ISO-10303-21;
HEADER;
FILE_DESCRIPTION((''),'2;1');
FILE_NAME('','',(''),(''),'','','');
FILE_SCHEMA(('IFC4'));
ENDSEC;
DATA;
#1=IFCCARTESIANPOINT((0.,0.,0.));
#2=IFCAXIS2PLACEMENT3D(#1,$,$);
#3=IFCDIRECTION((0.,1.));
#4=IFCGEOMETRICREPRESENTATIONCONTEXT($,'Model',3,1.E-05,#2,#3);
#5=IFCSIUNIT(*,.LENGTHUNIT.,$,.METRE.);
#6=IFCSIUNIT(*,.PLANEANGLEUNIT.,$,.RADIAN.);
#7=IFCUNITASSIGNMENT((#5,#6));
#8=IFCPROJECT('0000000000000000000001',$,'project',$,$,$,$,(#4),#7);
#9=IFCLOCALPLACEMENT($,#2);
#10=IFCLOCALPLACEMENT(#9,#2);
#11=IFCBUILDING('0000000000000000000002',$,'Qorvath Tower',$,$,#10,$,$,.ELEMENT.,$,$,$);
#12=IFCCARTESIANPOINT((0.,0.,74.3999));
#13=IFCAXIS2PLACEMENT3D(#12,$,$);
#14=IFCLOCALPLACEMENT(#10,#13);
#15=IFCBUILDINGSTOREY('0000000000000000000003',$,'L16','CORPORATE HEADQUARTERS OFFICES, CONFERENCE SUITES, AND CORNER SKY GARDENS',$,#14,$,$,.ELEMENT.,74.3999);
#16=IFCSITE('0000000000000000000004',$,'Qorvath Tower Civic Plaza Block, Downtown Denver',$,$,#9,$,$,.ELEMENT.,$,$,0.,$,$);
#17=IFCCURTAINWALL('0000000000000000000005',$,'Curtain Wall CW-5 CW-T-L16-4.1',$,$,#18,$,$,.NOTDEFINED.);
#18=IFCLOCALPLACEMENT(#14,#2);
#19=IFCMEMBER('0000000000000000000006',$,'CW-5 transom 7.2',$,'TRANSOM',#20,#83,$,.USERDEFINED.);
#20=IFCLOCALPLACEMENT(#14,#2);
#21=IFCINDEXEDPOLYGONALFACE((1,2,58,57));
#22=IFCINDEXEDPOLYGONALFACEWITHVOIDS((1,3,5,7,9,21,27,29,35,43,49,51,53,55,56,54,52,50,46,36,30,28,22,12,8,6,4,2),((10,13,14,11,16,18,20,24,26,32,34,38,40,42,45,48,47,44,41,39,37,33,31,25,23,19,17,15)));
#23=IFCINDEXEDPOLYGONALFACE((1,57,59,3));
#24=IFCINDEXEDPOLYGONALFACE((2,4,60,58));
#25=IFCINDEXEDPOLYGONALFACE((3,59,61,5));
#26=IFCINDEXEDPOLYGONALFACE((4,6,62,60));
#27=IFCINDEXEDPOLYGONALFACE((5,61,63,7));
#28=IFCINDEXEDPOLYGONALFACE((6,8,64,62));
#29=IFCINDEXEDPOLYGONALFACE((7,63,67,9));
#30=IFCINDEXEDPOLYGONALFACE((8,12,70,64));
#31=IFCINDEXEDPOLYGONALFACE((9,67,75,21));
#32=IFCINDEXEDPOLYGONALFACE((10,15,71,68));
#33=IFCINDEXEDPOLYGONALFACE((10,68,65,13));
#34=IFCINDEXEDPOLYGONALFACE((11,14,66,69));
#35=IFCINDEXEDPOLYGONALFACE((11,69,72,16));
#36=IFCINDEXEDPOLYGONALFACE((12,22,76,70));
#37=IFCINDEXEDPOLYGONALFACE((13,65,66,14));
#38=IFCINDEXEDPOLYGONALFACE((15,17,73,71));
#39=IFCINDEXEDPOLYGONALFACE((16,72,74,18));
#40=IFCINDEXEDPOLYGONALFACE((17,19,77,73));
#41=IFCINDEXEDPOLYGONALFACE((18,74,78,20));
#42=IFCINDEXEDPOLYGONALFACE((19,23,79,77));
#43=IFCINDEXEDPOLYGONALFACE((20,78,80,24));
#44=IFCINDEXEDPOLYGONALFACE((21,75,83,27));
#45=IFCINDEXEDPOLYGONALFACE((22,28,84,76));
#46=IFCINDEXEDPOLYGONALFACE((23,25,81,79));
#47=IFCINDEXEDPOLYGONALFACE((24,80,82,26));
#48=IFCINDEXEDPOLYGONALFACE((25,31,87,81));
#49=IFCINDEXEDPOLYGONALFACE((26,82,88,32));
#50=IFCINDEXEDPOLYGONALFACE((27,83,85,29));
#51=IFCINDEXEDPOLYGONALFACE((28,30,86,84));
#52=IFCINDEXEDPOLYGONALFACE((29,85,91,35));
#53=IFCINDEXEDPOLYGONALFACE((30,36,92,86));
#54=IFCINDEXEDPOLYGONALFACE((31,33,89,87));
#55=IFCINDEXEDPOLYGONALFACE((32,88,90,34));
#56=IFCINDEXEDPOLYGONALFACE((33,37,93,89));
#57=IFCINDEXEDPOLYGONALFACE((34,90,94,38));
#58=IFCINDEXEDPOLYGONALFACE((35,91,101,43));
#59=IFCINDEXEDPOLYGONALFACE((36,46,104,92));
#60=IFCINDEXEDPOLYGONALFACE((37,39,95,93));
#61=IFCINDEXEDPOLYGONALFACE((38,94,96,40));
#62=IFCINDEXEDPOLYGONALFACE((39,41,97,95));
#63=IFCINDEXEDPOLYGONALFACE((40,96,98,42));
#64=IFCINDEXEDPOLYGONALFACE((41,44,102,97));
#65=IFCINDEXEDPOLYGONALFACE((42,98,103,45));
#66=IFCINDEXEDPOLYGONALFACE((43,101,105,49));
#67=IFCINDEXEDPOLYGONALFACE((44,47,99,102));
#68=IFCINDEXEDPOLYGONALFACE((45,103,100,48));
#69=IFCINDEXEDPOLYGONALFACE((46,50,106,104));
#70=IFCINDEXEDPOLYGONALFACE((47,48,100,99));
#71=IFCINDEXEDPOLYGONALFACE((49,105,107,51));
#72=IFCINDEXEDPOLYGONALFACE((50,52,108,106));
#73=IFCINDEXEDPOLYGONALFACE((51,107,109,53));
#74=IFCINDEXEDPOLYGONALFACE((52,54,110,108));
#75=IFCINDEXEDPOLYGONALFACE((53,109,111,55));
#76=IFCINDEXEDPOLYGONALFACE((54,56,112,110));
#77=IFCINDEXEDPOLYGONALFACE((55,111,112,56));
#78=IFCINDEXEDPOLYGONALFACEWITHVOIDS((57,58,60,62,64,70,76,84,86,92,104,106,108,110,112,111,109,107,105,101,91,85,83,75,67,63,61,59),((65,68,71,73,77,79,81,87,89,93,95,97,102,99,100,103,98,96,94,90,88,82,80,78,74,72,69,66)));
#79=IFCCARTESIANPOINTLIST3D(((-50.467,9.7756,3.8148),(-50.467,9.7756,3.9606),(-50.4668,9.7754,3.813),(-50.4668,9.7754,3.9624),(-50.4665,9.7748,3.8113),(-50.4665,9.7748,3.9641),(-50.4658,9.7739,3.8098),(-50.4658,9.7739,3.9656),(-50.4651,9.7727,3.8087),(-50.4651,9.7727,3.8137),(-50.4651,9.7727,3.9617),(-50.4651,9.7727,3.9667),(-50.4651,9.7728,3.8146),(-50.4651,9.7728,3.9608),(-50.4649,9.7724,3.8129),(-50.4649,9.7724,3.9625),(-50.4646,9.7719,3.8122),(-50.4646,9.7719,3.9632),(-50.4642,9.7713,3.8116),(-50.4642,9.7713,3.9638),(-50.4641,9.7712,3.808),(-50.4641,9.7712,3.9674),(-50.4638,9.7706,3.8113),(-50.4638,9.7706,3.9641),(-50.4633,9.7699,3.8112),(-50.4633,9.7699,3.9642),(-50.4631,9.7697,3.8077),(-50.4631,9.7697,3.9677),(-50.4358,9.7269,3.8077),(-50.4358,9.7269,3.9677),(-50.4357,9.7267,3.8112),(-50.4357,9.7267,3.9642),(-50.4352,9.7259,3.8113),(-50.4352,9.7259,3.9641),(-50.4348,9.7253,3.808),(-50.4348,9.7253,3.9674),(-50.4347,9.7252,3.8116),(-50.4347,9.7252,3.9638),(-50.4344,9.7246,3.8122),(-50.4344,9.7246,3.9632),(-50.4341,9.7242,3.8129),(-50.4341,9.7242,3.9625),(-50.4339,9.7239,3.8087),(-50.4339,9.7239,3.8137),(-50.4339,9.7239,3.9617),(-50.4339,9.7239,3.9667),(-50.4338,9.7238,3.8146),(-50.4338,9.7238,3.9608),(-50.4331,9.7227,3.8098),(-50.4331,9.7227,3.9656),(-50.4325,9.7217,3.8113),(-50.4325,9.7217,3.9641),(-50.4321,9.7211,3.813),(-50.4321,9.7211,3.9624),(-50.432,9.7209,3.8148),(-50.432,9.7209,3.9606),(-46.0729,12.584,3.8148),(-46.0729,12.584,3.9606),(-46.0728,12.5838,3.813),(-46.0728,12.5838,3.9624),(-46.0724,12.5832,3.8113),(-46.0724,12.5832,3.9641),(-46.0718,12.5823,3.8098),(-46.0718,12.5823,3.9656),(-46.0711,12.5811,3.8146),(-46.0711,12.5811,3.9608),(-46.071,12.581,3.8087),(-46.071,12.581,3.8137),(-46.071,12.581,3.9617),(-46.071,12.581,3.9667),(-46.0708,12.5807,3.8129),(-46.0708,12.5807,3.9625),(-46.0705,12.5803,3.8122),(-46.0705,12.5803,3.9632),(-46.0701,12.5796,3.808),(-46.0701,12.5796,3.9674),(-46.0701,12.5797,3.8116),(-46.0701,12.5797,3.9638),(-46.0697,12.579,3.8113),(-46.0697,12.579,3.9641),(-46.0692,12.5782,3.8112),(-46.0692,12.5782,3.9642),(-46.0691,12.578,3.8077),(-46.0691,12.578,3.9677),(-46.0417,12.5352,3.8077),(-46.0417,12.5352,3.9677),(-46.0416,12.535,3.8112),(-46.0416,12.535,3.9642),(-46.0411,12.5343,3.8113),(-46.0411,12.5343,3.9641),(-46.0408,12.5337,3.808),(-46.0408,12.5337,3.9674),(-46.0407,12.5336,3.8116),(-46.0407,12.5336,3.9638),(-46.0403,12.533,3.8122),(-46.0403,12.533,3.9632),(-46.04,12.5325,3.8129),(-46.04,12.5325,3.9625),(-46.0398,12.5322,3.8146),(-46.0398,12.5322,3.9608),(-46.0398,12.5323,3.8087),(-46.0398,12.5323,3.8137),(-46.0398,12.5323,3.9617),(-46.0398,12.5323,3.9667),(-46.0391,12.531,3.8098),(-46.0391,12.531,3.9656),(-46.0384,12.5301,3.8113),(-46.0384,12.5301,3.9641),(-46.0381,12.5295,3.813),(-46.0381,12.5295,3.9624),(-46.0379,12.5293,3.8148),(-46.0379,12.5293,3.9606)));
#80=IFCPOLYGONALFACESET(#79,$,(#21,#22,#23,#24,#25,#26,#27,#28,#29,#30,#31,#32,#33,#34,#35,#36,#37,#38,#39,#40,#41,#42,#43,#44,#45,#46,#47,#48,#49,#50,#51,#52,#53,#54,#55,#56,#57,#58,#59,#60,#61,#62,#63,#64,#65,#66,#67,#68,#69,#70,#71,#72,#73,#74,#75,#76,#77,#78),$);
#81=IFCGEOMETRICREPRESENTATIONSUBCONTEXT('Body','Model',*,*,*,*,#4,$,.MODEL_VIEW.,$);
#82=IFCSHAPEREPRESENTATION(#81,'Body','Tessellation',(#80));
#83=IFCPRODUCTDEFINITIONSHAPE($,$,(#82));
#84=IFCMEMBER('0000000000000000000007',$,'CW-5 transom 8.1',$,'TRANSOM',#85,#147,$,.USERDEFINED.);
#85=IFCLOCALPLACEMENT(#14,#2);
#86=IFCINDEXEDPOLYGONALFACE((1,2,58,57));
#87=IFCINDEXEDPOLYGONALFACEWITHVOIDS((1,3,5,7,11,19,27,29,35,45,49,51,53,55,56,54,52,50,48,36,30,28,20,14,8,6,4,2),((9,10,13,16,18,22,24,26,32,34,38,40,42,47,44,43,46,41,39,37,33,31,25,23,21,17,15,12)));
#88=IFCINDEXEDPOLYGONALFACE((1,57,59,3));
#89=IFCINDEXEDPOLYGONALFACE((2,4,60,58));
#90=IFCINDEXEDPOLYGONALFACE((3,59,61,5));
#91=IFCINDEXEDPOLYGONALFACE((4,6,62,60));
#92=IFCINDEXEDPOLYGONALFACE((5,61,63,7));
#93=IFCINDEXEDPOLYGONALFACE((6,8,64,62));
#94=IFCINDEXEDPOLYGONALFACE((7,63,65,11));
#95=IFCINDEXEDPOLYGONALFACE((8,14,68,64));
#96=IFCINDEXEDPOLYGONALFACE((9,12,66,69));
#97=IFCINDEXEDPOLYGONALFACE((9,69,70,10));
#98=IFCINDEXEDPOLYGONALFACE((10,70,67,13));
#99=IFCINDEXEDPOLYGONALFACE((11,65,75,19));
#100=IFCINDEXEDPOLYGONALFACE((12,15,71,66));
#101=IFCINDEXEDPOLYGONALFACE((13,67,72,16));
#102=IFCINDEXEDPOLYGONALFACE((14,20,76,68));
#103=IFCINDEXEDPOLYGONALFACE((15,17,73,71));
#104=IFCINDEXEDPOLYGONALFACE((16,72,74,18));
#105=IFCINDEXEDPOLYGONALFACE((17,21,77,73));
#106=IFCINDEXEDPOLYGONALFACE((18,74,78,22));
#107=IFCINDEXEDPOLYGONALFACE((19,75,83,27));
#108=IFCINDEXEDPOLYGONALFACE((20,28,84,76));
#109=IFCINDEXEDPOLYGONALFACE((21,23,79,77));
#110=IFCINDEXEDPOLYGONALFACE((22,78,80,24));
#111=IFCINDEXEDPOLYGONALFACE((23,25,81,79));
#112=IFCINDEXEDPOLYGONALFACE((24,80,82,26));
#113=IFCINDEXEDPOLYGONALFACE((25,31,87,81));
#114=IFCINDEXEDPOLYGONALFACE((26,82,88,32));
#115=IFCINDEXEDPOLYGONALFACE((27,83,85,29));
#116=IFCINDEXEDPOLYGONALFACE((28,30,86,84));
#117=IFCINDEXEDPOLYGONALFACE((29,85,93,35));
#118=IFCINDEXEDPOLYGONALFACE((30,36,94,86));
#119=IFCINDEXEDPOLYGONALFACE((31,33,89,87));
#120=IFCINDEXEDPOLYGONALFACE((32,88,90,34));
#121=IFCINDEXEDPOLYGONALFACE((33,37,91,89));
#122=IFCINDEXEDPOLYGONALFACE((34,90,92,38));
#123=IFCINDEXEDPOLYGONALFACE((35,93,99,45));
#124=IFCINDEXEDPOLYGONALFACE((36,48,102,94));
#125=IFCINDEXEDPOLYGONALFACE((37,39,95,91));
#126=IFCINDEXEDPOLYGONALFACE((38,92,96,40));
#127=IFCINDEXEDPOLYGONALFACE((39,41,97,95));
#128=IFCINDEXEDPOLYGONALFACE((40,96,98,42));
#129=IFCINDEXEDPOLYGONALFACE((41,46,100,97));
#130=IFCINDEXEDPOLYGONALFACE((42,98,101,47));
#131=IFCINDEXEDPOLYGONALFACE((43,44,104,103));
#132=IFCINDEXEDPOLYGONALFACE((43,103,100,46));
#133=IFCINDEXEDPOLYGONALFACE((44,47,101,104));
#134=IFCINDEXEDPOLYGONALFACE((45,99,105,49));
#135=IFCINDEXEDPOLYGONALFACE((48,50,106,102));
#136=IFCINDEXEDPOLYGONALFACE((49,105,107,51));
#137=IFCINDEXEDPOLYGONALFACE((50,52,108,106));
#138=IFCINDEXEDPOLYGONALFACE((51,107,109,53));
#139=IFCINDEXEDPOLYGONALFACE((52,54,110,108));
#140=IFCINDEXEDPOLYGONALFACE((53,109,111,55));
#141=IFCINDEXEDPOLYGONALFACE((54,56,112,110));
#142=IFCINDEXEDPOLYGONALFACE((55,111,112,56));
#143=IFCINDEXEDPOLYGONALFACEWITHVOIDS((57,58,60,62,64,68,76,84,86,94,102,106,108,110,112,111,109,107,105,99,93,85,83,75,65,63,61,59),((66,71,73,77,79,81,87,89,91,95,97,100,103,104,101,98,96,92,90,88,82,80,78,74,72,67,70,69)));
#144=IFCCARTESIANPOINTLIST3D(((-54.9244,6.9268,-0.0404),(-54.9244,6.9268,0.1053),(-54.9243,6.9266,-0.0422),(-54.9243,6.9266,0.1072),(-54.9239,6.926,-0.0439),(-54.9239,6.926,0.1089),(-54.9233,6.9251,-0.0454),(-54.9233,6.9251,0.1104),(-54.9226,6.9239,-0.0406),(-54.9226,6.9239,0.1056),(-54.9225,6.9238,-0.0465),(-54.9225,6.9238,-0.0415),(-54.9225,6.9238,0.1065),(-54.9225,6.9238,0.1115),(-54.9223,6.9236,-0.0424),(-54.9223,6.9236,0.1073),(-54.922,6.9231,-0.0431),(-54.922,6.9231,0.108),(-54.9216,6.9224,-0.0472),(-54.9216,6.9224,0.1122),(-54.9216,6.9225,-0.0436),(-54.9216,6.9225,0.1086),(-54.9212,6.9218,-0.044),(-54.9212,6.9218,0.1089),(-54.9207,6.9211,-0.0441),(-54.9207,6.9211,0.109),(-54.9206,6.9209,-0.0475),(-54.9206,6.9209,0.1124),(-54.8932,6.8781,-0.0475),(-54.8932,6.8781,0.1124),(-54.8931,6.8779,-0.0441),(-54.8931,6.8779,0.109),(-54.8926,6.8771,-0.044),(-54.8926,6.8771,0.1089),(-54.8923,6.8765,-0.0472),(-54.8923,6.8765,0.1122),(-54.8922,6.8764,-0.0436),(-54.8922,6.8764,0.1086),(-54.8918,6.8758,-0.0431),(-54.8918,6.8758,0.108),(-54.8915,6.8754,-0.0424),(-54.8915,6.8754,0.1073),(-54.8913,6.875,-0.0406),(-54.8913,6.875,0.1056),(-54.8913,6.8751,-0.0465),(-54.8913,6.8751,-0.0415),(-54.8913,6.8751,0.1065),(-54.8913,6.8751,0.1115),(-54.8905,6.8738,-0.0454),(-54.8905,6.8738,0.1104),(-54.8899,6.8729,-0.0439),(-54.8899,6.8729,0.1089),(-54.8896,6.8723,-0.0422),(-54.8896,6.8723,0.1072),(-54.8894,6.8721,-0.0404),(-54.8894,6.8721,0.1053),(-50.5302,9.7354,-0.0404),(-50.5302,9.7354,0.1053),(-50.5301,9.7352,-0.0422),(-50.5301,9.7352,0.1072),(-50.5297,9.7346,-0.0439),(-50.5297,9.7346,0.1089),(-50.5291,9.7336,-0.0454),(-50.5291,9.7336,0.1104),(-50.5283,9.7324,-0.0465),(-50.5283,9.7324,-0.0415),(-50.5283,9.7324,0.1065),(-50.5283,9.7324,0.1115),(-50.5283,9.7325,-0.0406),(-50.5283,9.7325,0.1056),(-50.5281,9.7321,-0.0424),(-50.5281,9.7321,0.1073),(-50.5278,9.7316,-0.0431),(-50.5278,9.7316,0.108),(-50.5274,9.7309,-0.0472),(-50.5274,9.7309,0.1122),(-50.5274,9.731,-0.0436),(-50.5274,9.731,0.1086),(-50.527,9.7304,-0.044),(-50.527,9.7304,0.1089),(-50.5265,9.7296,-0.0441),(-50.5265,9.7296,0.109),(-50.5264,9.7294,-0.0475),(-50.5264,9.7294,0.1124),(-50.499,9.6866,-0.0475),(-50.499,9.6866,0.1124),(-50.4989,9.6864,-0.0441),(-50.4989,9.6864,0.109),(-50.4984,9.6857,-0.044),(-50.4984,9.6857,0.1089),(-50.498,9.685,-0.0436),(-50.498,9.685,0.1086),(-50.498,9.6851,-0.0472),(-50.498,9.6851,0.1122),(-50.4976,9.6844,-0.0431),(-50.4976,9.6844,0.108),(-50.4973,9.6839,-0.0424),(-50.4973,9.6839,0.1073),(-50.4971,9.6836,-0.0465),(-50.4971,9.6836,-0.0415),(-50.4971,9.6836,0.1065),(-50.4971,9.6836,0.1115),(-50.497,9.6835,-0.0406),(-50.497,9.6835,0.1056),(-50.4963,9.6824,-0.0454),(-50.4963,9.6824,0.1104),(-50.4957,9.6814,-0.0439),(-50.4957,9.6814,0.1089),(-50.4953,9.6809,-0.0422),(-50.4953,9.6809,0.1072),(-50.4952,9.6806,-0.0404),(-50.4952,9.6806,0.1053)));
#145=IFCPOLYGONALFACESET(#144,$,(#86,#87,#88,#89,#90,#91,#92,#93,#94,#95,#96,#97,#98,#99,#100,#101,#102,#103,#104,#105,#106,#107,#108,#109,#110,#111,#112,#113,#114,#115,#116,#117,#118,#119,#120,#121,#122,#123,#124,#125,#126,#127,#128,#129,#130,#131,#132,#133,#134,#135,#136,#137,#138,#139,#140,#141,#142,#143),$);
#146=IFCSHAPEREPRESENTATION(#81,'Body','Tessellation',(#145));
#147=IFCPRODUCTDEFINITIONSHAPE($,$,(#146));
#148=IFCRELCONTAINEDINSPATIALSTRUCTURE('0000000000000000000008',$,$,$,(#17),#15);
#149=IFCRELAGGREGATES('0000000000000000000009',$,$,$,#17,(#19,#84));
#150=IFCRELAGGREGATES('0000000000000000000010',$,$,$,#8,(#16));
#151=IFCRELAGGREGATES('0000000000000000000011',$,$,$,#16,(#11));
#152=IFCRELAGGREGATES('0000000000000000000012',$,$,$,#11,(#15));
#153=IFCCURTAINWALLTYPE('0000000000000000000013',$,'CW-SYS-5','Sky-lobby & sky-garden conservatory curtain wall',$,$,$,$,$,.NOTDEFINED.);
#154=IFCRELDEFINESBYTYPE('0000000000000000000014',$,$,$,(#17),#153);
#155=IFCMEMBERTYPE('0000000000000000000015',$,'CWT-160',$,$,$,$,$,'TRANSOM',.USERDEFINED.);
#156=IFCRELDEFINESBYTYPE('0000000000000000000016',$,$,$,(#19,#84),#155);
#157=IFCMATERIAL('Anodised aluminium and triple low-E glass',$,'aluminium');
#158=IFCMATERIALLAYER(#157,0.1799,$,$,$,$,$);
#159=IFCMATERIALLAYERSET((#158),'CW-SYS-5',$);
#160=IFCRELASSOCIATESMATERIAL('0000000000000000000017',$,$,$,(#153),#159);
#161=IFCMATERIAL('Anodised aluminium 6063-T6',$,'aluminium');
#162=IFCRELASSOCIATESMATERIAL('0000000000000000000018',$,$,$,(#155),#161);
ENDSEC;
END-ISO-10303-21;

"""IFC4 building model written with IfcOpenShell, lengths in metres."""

from ifc_helpers import new_model, si_unit, direction, frame, origin, origin_2d, place, context, subcontext, project, spatial, hollow_rectangle, extrude, material, layer, layer_set, material_profile, profile_set, type_object, element, aggregate, save


model = new_model("IFC4")

# Units and contexts
model_context = context("Model", 3, precision=1e-05, world=origin(), true_north=direction((0.0, 1.0)))
body_context = subcontext(model_context, "Body", "Model", "MODEL_VIEW")
ifc_project = project(units=[si_unit("LENGTHUNIT", "METRE"), si_unit("PLANEANGLEUNIT", "RADIAN")], contexts=[model_context])

# Site, building, storey
site_placement = place(None, origin())
site = spatial("IfcSite", under=ifc_project, at=site_placement, Name="Qorvath Tower Civic Plaza Block, Downtown Denver", CompositionType="ELEMENT", RefElevation=0.0)
building_placement = place(site_placement, origin())
building = spatial("IfcBuilding", under=site, at=building_placement, Name="Qorvath Tower", CompositionType="ELEMENT")
storey_placement = place(building_placement, frame((0.0, 0.0, 74.3999)))
storey = spatial("IfcBuildingStorey", under=building, at=storey_placement, Name="L16", Description="CORPORATE HEADQUARTERS OFFICES, CONFERENCE SUITES, AND CORNER SKY GARDENS", CompositionType="ELEMENT", Elevation=74.3999)

# Curtain wall
ifc_material_1 = material(Name="Anodised aluminium and triple low-E glass", Category="aluminium")
ifc_layer_1 = layer(ifc_material_1, 0.1799)
ifc_layer_set_1 = layer_set([ifc_layer_1], Name="CW-SYS-5")
curtain_wall_type = type_object("IfcCurtainWallType", Name="CW-SYS-5", Description="Sky-lobby & sky-garden conservatory curtain wall", PredefinedType="NOTDEFINED", material=ifc_layer_set_1)
curtain_wall_1_placement = place(storey_placement, origin())
curtain_wall_1 = element("IfcCurtainWall", 1, at=curtain_wall_1_placement, inside=storey, type_object=curtain_wall_type, Name="Curtain Wall CW-5 CW-T-L16-4.1", PredefinedType="NOTDEFINED")

# Members
ifc_material_2 = material(Name="Anodised aluminium 6063-T6", Category="aluminium")
ifc_material_profile_1 = material_profile(ifc_material_2, hollow_rectangle(XDim=0.0649, YDim=0.1599, WallThickness=0.0034, InnerFilletRadius=0.0034, OuterFilletRadius=0.0071, at=origin_2d()), Name="CWT 160x65")
ifc_profile_set_1 = profile_set([ifc_material_profile_1], Name="Anodised aluminium 6063-T6")
member_type_1 = type_object("IfcMemberType", Name="CWT-160", ElementType="TRANSOM", PredefinedType="USERDEFINED", material=ifc_profile_set_1)
member_1_placement = place(storey_placement, frame((-46.0554, 12.5566, 3.8877), z_axis=(-0.842605, -0.538531, 0.0), x_axis=(0.538531, -0.842605, 0.0)))
member_1 = element("IfcMember", 2, at=member_1_placement, type_object=member_type_1, Name="CW-5 transom 7.2", ObjectType="TRANSOM", PredefinedType="USERDEFINED", context=body_context, shape_type="SweptSolid", body=[
    extrude(hollow_rectangle(XDim=0.0649, YDim=0.1599, WallThickness=0.0034, InnerFilletRadius=0.0034, OuterFilletRadius=0.0071, at=origin_2d()), origin(), (0.0, 0.0, 1.0), 5.2148),
])
member_2_placement = place(storey_placement, frame((-50.5127, 9.708, 0.0325), z_axis=(-0.842598, -0.538543, 0.0), x_axis=(0.538543, -0.842598, 0.0)))
member_2 = element("IfcMember", 3, at=member_2_placement, type_object=member_type_1, Name="CW-5 transom 8.1", ObjectType="TRANSOM", PredefinedType="USERDEFINED", context=body_context, shape_type="SweptSolid", body=[
    extrude(hollow_rectangle(XDim=0.0649, YDim=0.1599, WallThickness=0.0034, InnerFilletRadius=0.0034, OuterFilletRadius=0.0071, at=origin_2d()), origin(), (0.0, 0.0, 1.0), 5.2151),
])

aggregate(curtain_wall_1, [member_1, member_2])

save(model, "model.ifc")
